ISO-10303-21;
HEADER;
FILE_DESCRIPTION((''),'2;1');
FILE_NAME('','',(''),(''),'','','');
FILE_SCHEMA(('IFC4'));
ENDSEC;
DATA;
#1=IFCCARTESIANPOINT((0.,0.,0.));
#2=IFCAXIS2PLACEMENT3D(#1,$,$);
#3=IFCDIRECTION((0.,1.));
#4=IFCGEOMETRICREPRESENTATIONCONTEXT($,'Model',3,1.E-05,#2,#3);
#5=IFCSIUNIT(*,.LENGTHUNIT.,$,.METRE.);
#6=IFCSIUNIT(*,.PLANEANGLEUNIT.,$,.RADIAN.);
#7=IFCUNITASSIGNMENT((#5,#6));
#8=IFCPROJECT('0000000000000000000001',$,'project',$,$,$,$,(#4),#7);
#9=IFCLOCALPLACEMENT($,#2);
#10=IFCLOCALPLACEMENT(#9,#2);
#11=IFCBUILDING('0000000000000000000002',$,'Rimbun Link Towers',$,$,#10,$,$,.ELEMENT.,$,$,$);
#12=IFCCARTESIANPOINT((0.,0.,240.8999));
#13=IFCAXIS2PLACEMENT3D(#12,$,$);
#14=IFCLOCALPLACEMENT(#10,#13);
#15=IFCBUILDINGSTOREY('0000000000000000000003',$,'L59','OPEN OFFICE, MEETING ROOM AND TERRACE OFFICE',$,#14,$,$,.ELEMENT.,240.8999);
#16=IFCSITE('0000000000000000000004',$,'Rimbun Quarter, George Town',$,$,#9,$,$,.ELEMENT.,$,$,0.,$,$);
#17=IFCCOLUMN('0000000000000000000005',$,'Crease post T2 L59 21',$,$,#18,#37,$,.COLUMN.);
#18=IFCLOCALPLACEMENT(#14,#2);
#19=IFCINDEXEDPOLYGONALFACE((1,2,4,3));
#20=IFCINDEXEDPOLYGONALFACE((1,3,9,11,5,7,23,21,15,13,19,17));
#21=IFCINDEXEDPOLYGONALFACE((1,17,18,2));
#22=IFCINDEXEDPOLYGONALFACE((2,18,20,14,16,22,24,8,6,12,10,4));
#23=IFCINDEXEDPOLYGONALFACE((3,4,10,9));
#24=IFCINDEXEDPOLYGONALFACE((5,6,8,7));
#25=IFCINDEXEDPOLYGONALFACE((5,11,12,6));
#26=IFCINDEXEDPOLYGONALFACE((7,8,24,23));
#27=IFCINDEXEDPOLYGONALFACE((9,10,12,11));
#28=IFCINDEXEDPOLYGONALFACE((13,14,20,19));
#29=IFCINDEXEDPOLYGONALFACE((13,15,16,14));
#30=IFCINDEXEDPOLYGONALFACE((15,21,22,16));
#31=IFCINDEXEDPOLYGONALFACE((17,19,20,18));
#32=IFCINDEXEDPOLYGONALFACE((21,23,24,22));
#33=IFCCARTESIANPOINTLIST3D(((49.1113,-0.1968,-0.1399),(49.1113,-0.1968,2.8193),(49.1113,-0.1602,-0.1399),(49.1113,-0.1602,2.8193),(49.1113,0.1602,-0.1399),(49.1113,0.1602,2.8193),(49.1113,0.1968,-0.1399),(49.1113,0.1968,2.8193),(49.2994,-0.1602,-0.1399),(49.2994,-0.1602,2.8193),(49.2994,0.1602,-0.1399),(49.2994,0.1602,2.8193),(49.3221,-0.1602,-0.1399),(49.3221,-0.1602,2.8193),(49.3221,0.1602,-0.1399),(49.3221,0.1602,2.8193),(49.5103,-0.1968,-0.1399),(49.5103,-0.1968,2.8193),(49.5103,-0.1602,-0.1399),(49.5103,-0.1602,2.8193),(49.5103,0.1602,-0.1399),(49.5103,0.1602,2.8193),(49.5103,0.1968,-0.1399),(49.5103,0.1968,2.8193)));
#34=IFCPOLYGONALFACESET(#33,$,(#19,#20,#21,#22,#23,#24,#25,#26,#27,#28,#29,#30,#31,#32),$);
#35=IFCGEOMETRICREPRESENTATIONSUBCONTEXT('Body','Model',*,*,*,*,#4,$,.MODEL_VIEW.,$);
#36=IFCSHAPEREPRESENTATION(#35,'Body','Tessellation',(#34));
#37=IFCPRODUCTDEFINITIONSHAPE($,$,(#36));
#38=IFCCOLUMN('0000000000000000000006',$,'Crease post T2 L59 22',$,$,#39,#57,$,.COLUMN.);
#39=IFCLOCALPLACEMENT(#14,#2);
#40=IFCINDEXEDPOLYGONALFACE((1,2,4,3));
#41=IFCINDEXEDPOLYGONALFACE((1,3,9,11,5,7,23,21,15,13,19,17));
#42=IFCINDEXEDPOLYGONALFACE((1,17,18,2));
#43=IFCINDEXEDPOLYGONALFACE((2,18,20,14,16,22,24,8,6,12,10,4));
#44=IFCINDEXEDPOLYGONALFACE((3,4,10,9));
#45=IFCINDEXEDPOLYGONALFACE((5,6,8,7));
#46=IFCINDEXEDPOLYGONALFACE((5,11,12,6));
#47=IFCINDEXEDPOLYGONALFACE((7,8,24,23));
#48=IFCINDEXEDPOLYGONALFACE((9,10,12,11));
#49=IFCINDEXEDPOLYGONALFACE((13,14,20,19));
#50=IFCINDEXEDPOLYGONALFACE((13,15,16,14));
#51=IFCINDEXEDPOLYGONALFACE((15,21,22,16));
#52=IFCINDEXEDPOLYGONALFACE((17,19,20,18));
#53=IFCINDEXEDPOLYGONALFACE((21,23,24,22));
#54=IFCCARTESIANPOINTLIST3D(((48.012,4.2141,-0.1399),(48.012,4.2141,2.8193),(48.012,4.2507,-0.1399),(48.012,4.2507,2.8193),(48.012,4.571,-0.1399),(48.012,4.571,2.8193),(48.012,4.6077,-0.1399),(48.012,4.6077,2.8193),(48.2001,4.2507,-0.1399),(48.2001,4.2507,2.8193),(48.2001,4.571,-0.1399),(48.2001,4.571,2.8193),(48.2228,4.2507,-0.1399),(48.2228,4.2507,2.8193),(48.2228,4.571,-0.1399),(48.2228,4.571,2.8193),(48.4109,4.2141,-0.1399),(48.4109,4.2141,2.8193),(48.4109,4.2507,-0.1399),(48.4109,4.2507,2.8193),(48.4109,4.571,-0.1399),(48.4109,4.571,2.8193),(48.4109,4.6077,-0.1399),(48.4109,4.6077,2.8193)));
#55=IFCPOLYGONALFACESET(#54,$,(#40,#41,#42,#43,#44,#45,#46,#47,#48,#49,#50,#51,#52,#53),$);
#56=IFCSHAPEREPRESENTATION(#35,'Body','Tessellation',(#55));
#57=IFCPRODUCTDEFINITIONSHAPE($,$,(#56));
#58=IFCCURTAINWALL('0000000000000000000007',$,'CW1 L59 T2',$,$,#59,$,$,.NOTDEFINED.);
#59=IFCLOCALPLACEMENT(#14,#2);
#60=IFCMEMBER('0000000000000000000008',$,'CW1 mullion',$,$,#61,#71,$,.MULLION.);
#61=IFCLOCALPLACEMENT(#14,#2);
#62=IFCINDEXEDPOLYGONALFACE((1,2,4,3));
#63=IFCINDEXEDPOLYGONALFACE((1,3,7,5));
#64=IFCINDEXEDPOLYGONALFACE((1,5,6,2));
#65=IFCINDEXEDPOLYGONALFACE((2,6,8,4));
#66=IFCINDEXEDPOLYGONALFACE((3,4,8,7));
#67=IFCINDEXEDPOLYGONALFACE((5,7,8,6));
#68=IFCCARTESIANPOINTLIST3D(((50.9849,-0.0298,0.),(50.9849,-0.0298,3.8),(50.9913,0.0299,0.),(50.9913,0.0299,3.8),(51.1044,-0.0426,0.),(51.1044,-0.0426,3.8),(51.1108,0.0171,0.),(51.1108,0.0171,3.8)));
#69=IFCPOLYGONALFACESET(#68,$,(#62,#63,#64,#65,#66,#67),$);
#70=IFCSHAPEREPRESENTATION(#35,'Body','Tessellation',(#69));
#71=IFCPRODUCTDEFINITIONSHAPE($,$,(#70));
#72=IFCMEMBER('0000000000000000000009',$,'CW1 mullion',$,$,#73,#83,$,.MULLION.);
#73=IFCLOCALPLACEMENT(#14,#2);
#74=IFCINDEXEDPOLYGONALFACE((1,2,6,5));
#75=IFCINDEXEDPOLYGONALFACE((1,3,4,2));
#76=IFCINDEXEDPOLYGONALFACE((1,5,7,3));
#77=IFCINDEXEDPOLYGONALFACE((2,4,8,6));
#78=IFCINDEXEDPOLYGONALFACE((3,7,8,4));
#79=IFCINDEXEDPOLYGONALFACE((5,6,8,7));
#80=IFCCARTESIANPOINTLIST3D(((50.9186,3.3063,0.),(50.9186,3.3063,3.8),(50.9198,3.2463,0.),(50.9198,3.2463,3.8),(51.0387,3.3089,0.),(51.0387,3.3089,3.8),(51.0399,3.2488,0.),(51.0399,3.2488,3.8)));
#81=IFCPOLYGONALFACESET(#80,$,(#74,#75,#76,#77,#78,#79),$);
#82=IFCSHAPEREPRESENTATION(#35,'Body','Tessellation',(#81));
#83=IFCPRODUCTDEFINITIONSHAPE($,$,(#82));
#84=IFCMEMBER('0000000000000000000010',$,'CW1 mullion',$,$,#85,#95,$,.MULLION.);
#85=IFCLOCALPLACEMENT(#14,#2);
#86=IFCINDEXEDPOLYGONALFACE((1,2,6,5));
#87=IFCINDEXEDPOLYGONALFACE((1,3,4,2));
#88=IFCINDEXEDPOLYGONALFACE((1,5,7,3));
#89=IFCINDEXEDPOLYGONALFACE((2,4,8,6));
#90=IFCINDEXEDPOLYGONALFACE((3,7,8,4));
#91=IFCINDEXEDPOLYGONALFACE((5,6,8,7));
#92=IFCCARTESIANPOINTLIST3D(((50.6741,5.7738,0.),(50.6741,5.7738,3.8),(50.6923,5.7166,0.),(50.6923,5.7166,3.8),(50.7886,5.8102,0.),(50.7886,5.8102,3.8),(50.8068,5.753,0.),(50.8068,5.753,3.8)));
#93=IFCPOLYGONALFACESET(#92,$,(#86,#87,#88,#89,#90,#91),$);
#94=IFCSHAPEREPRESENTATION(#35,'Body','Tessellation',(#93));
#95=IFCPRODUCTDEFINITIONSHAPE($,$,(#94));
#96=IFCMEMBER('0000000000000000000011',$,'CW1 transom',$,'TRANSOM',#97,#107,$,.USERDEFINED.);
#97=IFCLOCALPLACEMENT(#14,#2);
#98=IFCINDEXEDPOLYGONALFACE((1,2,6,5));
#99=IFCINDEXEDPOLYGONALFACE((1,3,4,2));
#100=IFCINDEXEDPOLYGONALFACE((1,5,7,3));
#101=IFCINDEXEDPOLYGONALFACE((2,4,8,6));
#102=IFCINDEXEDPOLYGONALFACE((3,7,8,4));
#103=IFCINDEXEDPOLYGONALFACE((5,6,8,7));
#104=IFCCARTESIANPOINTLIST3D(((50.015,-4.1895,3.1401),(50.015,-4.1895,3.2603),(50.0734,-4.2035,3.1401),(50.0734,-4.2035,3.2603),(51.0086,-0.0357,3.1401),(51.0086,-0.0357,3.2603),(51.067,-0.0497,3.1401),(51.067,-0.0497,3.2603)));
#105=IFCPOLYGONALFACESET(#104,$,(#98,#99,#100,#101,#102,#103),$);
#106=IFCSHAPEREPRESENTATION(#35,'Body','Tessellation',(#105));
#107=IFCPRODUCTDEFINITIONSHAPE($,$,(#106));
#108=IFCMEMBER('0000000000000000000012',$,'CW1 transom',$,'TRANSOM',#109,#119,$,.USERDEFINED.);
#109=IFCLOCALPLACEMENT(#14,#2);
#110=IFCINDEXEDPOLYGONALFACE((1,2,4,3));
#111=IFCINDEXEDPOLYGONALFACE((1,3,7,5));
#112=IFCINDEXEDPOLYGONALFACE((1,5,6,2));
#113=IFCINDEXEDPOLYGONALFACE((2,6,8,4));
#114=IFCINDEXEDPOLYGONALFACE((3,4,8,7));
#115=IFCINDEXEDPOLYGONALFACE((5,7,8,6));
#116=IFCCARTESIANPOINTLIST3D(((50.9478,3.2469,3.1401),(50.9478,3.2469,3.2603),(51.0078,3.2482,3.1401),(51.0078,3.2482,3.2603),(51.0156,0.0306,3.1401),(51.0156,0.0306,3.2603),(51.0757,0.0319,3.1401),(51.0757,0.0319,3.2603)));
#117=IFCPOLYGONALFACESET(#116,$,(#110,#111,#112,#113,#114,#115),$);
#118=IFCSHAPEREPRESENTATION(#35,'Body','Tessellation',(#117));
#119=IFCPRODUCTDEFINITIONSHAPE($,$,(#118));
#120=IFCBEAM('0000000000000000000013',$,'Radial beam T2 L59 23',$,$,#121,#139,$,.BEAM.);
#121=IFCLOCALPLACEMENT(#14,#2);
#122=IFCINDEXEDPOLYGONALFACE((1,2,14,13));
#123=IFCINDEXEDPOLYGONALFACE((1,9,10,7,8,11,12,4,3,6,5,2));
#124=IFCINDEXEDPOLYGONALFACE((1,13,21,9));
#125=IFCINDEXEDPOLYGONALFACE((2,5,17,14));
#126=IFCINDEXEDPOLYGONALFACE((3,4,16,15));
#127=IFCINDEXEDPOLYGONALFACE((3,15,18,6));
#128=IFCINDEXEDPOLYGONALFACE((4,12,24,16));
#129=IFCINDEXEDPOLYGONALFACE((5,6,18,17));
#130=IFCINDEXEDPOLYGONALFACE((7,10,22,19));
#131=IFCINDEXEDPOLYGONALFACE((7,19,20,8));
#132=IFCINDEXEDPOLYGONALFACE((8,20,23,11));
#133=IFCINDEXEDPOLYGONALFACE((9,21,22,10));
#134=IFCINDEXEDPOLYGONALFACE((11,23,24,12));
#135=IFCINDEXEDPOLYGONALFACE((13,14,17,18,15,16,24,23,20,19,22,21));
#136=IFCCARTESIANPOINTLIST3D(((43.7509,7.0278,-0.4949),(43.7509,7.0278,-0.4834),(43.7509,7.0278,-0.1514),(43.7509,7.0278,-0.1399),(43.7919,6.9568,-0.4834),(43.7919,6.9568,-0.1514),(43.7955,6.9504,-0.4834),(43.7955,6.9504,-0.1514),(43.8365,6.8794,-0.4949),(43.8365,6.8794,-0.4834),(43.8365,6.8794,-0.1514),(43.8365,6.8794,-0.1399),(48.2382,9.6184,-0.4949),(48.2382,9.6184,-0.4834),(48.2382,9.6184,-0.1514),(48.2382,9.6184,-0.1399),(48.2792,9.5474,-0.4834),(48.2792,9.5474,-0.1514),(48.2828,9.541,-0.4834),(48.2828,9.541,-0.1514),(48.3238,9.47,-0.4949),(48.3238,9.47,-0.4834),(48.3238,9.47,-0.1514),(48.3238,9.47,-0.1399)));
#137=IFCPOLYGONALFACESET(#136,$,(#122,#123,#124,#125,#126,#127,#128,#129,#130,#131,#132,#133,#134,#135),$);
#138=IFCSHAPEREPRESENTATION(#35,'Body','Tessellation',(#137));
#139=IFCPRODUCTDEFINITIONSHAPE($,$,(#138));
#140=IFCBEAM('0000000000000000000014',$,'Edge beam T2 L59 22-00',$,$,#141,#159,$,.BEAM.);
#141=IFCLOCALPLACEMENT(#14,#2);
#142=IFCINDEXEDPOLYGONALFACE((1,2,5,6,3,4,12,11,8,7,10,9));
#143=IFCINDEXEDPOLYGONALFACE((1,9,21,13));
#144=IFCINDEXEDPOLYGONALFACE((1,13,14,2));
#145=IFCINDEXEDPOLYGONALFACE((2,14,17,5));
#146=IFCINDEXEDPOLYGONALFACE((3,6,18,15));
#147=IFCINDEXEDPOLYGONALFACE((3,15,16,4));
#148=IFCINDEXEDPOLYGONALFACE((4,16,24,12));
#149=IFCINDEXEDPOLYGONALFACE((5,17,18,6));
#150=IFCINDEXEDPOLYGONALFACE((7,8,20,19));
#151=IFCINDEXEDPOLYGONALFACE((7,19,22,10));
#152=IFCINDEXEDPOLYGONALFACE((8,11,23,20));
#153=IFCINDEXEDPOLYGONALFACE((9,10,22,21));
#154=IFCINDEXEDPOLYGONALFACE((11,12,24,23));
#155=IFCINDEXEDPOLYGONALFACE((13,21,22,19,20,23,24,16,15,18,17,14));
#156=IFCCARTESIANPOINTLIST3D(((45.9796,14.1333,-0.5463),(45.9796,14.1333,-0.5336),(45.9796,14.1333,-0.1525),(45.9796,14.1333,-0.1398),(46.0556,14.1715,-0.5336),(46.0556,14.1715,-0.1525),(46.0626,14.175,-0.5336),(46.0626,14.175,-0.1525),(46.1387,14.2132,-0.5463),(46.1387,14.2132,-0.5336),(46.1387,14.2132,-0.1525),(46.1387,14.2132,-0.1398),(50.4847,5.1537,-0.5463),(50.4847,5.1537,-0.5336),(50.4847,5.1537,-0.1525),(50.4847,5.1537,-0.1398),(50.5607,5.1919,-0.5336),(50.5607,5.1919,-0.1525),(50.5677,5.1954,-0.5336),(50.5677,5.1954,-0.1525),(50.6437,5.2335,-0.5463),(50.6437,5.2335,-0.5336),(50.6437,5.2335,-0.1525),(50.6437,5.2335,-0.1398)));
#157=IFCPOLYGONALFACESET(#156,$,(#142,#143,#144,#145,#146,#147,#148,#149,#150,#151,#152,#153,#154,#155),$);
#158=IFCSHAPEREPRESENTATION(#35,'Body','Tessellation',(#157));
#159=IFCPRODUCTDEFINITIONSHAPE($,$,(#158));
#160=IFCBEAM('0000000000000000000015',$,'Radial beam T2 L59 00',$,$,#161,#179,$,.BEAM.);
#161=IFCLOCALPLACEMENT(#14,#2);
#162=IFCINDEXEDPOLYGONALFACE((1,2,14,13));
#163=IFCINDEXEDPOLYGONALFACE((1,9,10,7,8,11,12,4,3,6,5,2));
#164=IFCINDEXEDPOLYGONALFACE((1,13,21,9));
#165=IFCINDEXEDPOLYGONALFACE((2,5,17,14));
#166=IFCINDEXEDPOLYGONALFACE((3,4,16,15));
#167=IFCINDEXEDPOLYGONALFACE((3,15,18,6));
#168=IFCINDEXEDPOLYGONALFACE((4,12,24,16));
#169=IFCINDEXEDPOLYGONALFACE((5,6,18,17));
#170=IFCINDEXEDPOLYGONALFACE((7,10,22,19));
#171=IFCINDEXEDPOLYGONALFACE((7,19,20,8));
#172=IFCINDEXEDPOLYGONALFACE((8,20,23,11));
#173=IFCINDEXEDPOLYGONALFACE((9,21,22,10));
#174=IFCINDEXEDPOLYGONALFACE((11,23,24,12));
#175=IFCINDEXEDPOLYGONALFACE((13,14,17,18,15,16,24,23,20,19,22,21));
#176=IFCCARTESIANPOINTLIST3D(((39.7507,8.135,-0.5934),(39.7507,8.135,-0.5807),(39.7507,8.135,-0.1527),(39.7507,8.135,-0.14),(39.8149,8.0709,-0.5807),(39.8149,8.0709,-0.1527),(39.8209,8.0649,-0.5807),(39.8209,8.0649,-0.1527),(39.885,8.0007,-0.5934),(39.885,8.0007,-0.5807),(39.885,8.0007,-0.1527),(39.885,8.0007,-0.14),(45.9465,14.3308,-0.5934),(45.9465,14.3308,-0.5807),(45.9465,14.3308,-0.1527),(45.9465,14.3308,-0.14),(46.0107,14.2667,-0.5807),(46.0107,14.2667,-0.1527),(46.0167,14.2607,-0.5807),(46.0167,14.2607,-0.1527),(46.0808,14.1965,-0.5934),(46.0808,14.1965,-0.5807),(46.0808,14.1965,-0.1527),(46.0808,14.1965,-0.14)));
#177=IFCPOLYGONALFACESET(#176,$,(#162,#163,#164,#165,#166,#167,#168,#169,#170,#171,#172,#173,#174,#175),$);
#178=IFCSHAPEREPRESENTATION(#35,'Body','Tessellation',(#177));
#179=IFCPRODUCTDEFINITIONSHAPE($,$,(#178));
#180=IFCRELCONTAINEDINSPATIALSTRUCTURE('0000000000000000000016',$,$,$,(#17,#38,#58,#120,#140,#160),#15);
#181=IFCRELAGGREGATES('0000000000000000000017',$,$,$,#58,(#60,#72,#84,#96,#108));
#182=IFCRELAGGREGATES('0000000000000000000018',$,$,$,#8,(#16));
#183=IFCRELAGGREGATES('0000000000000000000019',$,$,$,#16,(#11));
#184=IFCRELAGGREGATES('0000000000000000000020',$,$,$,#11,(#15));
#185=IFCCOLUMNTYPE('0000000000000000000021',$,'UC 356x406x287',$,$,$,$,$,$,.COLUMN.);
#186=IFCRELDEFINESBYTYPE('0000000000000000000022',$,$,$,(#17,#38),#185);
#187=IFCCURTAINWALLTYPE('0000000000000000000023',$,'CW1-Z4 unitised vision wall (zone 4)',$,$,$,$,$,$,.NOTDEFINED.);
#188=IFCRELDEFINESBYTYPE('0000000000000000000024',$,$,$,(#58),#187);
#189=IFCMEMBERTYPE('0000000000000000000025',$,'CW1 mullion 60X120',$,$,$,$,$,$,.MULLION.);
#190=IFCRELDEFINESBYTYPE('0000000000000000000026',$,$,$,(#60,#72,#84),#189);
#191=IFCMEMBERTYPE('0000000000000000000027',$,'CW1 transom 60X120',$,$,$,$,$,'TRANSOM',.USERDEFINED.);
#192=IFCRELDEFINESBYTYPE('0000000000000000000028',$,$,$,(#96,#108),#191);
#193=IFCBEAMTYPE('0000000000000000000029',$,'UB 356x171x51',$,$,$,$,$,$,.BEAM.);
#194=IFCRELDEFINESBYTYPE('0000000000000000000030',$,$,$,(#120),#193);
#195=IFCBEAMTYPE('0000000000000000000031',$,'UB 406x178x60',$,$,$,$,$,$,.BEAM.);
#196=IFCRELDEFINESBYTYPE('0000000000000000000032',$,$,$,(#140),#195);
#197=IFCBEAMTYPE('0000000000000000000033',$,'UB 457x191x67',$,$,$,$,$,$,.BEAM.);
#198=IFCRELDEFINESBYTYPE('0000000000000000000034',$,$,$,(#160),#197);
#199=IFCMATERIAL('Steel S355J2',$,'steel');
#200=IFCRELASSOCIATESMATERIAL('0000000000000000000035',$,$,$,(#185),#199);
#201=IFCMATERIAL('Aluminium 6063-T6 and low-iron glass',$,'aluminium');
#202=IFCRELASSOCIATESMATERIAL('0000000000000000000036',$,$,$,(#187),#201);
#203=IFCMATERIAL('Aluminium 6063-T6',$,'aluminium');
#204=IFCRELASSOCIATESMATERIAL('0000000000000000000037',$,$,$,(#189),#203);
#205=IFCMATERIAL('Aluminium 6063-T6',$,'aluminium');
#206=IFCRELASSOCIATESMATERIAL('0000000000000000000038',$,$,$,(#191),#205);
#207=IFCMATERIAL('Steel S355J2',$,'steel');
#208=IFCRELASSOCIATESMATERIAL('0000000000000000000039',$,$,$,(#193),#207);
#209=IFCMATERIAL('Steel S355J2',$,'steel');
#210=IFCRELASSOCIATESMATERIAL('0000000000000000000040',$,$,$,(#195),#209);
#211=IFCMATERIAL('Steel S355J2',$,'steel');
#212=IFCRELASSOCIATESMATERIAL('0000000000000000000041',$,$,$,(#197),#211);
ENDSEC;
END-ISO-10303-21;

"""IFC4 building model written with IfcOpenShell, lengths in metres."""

from ifc_helpers import new_model, si_unit, direction, frame, origin, origin_2d, place, context, subcontext, project, spatial, rectangle, i_section, extrude, material, material_profile, profile_set, type_object, element, aggregate, save


model = new_model("IFC4")

# Units and contexts
model_context = context("Model", 3, precision=1e-05, world=origin(), true_north=direction((0.0, 1.0)))
body_context = subcontext(model_context, "Body", "Model", "MODEL_VIEW")
ifc_project = project(units=[si_unit("LENGTHUNIT", "METRE"), si_unit("PLANEANGLEUNIT", "RADIAN")], contexts=[model_context])

# Site, building, storey
site_placement = place(None, origin())
site = spatial("IfcSite", under=ifc_project, at=site_placement, Name="Rimbun Quarter, George Town", CompositionType="ELEMENT", RefElevation=0.0)
building_placement = place(site_placement, origin())
building = spatial("IfcBuilding", under=site, at=building_placement, Name="Rimbun Link Towers", CompositionType="ELEMENT")
storey_placement = place(building_placement, frame((0.0, 0.0, 240.8999)))
storey = spatial("IfcBuildingStorey", under=building, at=storey_placement, Name="L59", Description="OPEN OFFICE, MEETING ROOM AND TERRACE OFFICE", CompositionType="ELEMENT", Elevation=240.8999)

# Columns
ifc_material_1 = material(Name="Steel S355J2", Category="steel")
ifc_material_profile_1 = material_profile(ifc_material_1, i_section(OverallWidth=0.3989, OverallDepth=0.3936, WebThickness=0.0227, FlangeThickness=0.0366, at=origin_2d()), Name="UC 356x406x287")
ifc_profile_set_1 = profile_set([ifc_material_profile_1], Name="Steel S355J2")
column_type = type_object("IfcColumnType", Name="UC 356x406x287", PredefinedType="COLUMN", material=ifc_profile_set_1)
for number, where, z_axis, x_axis, name in (
    (1, (49.3108, 0.0, -0.1399), (0.0, 0.0, 1.0), (1.0, 0.0, 0.0), "Crease post T2 L59 21"),
    (2, (48.2114, 4.4109, -0.1399), (0.0, 0.0, 1.0), (1.0, 0.0, 0.0), "Crease post T2 L59 22"),
):
    element("IfcColumn", number, at=place(storey_placement, frame(where, z_axis=z_axis, x_axis=x_axis)), inside=storey, type_object=column_type, Name=name, PredefinedType="COLUMN", context=body_context, shape_type="SweptSolid", body=[
        extrude(i_section(OverallWidth=0.3989, OverallDepth=0.3936, WebThickness=0.0227, FlangeThickness=0.0366, at=origin_2d()), origin(), (0.0, 0.0, 1.0), 2.9592),
    ])

# Curtain wall, members
ifc_material_2 = material(Name="Aluminium 6063-T6 and low-iron glass", Category="aluminium")
curtain_wall_type = type_object("IfcCurtainWallType", Name="CW1-Z4 unitised vision wall (zone 4)", PredefinedType="NOTDEFINED", material=ifc_material_2)
curtain_wall_placement = place(storey_placement, origin())
curtain_wall = element("IfcCurtainWall", 3, at=curtain_wall_placement, inside=storey, type_object=curtain_wall_type, Name="CW1 L59 T2", PredefinedType="NOTDEFINED")
ifc_material_3 = material(Name="Aluminium 6063-T6", Category="aluminium")
ifc_material_profile_2 = material_profile(ifc_material_3, rectangle(XDim=0.1201, YDim=0.0601, at=origin_2d()), Name="MULLION 60X120")
ifc_profile_set_2 = profile_set([ifc_material_profile_2], Name="Aluminium 6063-T6")
member_type_1 = type_object("IfcMemberType", Name="CW1 mullion 60X120", PredefinedType="MULLION", material=ifc_profile_set_2)
member_1_placement = place(storey_placement, frame((51.0479, -0.0063, 0.0), z_axis=(0.0, 0.0, 1.0), x_axis=(0.994298, -0.10664, 0.0)))
member_1 = element("IfcMember", 4, at=member_1_placement, type_object=member_type_1, Name="CW1 mullion", PredefinedType="MULLION", context=body_context, shape_type="SweptSolid", body=[
    extrude(rectangle(XDim=0.1201, YDim=0.0601, at=origin_2d()), origin(), (0.0, 0.0, 1.0), 3.8),
])
member_2_placement = place(storey_placement, frame((50.9792, 3.2776, 0.0), z_axis=(0.0, 0.0, 1.0), x_axis=(0.999778, 0.021065, 0.0)))
member_2 = element("IfcMember", 5, at=member_2_placement, type_object=member_type_1, Name="CW1 mullion", PredefinedType="MULLION", context=body_context, shape_type="SweptSolid", body=[
    extrude(rectangle(XDim=0.1201, YDim=0.0601, at=origin_2d()), origin(), (0.0, 0.0, 1.0), 3.8),
])
member_3_placement = place(storey_placement, frame((50.7405, 5.7634, 0.0), z_axis=(0.0, 0.0, 1.0), x_axis=(0.952968, 0.303072, 0.0)))
member_3 = element("IfcMember", 6, at=member_3_placement, type_object=member_type_1, Name="CW1 mullion", PredefinedType="MULLION", context=body_context, shape_type="SweptSolid", body=[
    extrude(rectangle(XDim=0.1201, YDim=0.0601, at=origin_2d()), origin(), (0.0, 0.0, 1.0), 3.8),
])
ifc_material_4 = material(Name="Aluminium 6063-T6", Category="aluminium")
ifc_material_profile_3 = material_profile(ifc_material_4, rectangle(XDim=0.0601, YDim=0.1201, at=origin_2d()), Name="TRANSOM 60X120")
ifc_profile_set_3 = profile_set([ifc_material_profile_3], Name="Aluminium 6063-T6")
member_type_2 = type_object("IfcMemberType", Name="CW1 transom 60X120", ElementType="TRANSOM", PredefinedType="USERDEFINED", material=ifc_profile_set_3)
member_4_placement = place(storey_placement, frame((51.0378, -0.0427, 3.2002), z_axis=(-0.232651, -0.97256, 0.0), x_axis=(0.97256, -0.232651, 0.0)))
member_4 = element("IfcMember", 7, at=member_4_placement, type_object=member_type_2, Name="CW1 transom", ObjectType="TRANSOM", PredefinedType="USERDEFINED", context=body_context, shape_type="SweptSolid", body=[
    extrude(rectangle(XDim=0.0601, YDim=0.1201, at=origin_2d()), origin(), (0.0, 0.0, 1.0), 4.271),
])
member_5_placement = place(storey_placement, frame((50.9778, 3.2476, 3.2002), z_axis=(0.021097, -0.999777, 0.0), x_axis=(0.999777, 0.021097, 0.0)))
member_5 = element("IfcMember", 8, at=member_5_placement, type_object=member_type_2, Name="CW1 transom", ObjectType="TRANSOM", PredefinedType="USERDEFINED", context=body_context, shape_type="SweptSolid", body=[
    extrude(rectangle(XDim=0.0601, YDim=0.1201, at=origin_2d()), origin(), (0.0, 0.0, 1.0), 3.217),
])

# Beams
ifc_material_5 = material(Name="Steel S355J2", Category="steel")
ifc_material_profile_4 = material_profile(ifc_material_5, i_section(OverallWidth=0.1714, OverallDepth=0.355, WebThickness=0.0073, FlangeThickness=0.0115, at=origin_2d()), Name="UB 356x171x51")
ifc_profile_set_4 = profile_set([ifc_material_profile_4], Name="Steel S355J2")
beam_type_1 = type_object("IfcBeamType", Name="UB 356x171x51", PredefinedType="BEAM", material=ifc_profile_set_4)
beam_1_placement = place(storey_placement, frame((43.7937, 6.9536, -0.3174), z_axis=(0.86604, 0.499975, 0.0), x_axis=(-0.499975, 0.86604, 0.0)))
element("IfcBeam", 9, at=beam_1_placement, inside=storey, type_object=beam_type_1, Name="Radial beam T2 L59 23", PredefinedType="BEAM", context=body_context, shape_type="SweptSolid", body=[
    extrude(i_section(OverallWidth=0.1714, OverallDepth=0.355, WebThickness=0.0073, FlangeThickness=0.0115, at=origin_2d()), origin(), (0.0, 0.0, 1.0), 5.1814),
])
ifc_material_6 = material(Name="Steel S355J2", Category="steel")
ifc_material_profile_5 = material_profile(ifc_material_6, i_section(OverallWidth=0.178, OverallDepth=0.4065, WebThickness=0.0078, FlangeThickness=0.0127, at=origin_2d()), Name="UB 406x178x60")
ifc_profile_set_5 = profile_set([ifc_material_profile_5], Name="Steel S355J2")
beam_type_2 = type_object("IfcBeamType", Name="UB 406x178x60", PredefinedType="BEAM", material=ifc_profile_set_5)
beam_2_placement = place(storey_placement, frame((50.5642, 5.1936, -0.343), z_axis=(-0.448428, 0.893819, 0.0), x_axis=(-0.893819, -0.448428, 0.0)))
element("IfcBeam", 10, at=beam_2_placement, inside=storey, type_object=beam_type_2, Name="Edge beam T2 L59 22-00", PredefinedType="BEAM", context=body_context, shape_type="SweptSolid", body=[
    extrude(i_section(OverallWidth=0.178, OverallDepth=0.4065, WebThickness=0.0078, FlangeThickness=0.0127, at=origin_2d()), origin(), (0.0, 0.0, 1.0), 10.0464),
])
ifc_material_7 = material(Name="Steel S355J2", Category="steel")
ifc_material_profile_6 = material_profile(ifc_material_7, i_section(OverallWidth=0.1899, OverallDepth=0.4534, WebThickness=0.0085, FlangeThickness=0.0127, at=origin_2d()), Name="UB 457x191x67")
ifc_profile_set_6 = profile_set([ifc_material_profile_6], Name="Steel S355J2")
beam_type_3 = type_object("IfcBeamType", Name="UB 457x191x67", PredefinedType="BEAM", material=ifc_profile_set_6)
beam_3_placement = place(storey_placement, frame((39.8179, 8.0679, -0.3667), z_axis=(0.707107, 0.707107, 0.0), x_axis=(-0.707107, 0.707107, 0.0)))
element("IfcBeam", 11, at=beam_3_placement, inside=storey, type_object=beam_type_3, Name="Radial beam T2 L59 00", PredefinedType="BEAM", context=body_context, shape_type="SweptSolid", body=[
    extrude(i_section(OverallWidth=0.1899, OverallDepth=0.4534, WebThickness=0.0085, FlangeThickness=0.0127, at=origin_2d()), origin(), (0.0, 0.0, 1.0), 8.7622),
])

aggregate(curtain_wall, [member_1, member_2, member_3, member_4, member_5])

save(model, "model.ifc")
